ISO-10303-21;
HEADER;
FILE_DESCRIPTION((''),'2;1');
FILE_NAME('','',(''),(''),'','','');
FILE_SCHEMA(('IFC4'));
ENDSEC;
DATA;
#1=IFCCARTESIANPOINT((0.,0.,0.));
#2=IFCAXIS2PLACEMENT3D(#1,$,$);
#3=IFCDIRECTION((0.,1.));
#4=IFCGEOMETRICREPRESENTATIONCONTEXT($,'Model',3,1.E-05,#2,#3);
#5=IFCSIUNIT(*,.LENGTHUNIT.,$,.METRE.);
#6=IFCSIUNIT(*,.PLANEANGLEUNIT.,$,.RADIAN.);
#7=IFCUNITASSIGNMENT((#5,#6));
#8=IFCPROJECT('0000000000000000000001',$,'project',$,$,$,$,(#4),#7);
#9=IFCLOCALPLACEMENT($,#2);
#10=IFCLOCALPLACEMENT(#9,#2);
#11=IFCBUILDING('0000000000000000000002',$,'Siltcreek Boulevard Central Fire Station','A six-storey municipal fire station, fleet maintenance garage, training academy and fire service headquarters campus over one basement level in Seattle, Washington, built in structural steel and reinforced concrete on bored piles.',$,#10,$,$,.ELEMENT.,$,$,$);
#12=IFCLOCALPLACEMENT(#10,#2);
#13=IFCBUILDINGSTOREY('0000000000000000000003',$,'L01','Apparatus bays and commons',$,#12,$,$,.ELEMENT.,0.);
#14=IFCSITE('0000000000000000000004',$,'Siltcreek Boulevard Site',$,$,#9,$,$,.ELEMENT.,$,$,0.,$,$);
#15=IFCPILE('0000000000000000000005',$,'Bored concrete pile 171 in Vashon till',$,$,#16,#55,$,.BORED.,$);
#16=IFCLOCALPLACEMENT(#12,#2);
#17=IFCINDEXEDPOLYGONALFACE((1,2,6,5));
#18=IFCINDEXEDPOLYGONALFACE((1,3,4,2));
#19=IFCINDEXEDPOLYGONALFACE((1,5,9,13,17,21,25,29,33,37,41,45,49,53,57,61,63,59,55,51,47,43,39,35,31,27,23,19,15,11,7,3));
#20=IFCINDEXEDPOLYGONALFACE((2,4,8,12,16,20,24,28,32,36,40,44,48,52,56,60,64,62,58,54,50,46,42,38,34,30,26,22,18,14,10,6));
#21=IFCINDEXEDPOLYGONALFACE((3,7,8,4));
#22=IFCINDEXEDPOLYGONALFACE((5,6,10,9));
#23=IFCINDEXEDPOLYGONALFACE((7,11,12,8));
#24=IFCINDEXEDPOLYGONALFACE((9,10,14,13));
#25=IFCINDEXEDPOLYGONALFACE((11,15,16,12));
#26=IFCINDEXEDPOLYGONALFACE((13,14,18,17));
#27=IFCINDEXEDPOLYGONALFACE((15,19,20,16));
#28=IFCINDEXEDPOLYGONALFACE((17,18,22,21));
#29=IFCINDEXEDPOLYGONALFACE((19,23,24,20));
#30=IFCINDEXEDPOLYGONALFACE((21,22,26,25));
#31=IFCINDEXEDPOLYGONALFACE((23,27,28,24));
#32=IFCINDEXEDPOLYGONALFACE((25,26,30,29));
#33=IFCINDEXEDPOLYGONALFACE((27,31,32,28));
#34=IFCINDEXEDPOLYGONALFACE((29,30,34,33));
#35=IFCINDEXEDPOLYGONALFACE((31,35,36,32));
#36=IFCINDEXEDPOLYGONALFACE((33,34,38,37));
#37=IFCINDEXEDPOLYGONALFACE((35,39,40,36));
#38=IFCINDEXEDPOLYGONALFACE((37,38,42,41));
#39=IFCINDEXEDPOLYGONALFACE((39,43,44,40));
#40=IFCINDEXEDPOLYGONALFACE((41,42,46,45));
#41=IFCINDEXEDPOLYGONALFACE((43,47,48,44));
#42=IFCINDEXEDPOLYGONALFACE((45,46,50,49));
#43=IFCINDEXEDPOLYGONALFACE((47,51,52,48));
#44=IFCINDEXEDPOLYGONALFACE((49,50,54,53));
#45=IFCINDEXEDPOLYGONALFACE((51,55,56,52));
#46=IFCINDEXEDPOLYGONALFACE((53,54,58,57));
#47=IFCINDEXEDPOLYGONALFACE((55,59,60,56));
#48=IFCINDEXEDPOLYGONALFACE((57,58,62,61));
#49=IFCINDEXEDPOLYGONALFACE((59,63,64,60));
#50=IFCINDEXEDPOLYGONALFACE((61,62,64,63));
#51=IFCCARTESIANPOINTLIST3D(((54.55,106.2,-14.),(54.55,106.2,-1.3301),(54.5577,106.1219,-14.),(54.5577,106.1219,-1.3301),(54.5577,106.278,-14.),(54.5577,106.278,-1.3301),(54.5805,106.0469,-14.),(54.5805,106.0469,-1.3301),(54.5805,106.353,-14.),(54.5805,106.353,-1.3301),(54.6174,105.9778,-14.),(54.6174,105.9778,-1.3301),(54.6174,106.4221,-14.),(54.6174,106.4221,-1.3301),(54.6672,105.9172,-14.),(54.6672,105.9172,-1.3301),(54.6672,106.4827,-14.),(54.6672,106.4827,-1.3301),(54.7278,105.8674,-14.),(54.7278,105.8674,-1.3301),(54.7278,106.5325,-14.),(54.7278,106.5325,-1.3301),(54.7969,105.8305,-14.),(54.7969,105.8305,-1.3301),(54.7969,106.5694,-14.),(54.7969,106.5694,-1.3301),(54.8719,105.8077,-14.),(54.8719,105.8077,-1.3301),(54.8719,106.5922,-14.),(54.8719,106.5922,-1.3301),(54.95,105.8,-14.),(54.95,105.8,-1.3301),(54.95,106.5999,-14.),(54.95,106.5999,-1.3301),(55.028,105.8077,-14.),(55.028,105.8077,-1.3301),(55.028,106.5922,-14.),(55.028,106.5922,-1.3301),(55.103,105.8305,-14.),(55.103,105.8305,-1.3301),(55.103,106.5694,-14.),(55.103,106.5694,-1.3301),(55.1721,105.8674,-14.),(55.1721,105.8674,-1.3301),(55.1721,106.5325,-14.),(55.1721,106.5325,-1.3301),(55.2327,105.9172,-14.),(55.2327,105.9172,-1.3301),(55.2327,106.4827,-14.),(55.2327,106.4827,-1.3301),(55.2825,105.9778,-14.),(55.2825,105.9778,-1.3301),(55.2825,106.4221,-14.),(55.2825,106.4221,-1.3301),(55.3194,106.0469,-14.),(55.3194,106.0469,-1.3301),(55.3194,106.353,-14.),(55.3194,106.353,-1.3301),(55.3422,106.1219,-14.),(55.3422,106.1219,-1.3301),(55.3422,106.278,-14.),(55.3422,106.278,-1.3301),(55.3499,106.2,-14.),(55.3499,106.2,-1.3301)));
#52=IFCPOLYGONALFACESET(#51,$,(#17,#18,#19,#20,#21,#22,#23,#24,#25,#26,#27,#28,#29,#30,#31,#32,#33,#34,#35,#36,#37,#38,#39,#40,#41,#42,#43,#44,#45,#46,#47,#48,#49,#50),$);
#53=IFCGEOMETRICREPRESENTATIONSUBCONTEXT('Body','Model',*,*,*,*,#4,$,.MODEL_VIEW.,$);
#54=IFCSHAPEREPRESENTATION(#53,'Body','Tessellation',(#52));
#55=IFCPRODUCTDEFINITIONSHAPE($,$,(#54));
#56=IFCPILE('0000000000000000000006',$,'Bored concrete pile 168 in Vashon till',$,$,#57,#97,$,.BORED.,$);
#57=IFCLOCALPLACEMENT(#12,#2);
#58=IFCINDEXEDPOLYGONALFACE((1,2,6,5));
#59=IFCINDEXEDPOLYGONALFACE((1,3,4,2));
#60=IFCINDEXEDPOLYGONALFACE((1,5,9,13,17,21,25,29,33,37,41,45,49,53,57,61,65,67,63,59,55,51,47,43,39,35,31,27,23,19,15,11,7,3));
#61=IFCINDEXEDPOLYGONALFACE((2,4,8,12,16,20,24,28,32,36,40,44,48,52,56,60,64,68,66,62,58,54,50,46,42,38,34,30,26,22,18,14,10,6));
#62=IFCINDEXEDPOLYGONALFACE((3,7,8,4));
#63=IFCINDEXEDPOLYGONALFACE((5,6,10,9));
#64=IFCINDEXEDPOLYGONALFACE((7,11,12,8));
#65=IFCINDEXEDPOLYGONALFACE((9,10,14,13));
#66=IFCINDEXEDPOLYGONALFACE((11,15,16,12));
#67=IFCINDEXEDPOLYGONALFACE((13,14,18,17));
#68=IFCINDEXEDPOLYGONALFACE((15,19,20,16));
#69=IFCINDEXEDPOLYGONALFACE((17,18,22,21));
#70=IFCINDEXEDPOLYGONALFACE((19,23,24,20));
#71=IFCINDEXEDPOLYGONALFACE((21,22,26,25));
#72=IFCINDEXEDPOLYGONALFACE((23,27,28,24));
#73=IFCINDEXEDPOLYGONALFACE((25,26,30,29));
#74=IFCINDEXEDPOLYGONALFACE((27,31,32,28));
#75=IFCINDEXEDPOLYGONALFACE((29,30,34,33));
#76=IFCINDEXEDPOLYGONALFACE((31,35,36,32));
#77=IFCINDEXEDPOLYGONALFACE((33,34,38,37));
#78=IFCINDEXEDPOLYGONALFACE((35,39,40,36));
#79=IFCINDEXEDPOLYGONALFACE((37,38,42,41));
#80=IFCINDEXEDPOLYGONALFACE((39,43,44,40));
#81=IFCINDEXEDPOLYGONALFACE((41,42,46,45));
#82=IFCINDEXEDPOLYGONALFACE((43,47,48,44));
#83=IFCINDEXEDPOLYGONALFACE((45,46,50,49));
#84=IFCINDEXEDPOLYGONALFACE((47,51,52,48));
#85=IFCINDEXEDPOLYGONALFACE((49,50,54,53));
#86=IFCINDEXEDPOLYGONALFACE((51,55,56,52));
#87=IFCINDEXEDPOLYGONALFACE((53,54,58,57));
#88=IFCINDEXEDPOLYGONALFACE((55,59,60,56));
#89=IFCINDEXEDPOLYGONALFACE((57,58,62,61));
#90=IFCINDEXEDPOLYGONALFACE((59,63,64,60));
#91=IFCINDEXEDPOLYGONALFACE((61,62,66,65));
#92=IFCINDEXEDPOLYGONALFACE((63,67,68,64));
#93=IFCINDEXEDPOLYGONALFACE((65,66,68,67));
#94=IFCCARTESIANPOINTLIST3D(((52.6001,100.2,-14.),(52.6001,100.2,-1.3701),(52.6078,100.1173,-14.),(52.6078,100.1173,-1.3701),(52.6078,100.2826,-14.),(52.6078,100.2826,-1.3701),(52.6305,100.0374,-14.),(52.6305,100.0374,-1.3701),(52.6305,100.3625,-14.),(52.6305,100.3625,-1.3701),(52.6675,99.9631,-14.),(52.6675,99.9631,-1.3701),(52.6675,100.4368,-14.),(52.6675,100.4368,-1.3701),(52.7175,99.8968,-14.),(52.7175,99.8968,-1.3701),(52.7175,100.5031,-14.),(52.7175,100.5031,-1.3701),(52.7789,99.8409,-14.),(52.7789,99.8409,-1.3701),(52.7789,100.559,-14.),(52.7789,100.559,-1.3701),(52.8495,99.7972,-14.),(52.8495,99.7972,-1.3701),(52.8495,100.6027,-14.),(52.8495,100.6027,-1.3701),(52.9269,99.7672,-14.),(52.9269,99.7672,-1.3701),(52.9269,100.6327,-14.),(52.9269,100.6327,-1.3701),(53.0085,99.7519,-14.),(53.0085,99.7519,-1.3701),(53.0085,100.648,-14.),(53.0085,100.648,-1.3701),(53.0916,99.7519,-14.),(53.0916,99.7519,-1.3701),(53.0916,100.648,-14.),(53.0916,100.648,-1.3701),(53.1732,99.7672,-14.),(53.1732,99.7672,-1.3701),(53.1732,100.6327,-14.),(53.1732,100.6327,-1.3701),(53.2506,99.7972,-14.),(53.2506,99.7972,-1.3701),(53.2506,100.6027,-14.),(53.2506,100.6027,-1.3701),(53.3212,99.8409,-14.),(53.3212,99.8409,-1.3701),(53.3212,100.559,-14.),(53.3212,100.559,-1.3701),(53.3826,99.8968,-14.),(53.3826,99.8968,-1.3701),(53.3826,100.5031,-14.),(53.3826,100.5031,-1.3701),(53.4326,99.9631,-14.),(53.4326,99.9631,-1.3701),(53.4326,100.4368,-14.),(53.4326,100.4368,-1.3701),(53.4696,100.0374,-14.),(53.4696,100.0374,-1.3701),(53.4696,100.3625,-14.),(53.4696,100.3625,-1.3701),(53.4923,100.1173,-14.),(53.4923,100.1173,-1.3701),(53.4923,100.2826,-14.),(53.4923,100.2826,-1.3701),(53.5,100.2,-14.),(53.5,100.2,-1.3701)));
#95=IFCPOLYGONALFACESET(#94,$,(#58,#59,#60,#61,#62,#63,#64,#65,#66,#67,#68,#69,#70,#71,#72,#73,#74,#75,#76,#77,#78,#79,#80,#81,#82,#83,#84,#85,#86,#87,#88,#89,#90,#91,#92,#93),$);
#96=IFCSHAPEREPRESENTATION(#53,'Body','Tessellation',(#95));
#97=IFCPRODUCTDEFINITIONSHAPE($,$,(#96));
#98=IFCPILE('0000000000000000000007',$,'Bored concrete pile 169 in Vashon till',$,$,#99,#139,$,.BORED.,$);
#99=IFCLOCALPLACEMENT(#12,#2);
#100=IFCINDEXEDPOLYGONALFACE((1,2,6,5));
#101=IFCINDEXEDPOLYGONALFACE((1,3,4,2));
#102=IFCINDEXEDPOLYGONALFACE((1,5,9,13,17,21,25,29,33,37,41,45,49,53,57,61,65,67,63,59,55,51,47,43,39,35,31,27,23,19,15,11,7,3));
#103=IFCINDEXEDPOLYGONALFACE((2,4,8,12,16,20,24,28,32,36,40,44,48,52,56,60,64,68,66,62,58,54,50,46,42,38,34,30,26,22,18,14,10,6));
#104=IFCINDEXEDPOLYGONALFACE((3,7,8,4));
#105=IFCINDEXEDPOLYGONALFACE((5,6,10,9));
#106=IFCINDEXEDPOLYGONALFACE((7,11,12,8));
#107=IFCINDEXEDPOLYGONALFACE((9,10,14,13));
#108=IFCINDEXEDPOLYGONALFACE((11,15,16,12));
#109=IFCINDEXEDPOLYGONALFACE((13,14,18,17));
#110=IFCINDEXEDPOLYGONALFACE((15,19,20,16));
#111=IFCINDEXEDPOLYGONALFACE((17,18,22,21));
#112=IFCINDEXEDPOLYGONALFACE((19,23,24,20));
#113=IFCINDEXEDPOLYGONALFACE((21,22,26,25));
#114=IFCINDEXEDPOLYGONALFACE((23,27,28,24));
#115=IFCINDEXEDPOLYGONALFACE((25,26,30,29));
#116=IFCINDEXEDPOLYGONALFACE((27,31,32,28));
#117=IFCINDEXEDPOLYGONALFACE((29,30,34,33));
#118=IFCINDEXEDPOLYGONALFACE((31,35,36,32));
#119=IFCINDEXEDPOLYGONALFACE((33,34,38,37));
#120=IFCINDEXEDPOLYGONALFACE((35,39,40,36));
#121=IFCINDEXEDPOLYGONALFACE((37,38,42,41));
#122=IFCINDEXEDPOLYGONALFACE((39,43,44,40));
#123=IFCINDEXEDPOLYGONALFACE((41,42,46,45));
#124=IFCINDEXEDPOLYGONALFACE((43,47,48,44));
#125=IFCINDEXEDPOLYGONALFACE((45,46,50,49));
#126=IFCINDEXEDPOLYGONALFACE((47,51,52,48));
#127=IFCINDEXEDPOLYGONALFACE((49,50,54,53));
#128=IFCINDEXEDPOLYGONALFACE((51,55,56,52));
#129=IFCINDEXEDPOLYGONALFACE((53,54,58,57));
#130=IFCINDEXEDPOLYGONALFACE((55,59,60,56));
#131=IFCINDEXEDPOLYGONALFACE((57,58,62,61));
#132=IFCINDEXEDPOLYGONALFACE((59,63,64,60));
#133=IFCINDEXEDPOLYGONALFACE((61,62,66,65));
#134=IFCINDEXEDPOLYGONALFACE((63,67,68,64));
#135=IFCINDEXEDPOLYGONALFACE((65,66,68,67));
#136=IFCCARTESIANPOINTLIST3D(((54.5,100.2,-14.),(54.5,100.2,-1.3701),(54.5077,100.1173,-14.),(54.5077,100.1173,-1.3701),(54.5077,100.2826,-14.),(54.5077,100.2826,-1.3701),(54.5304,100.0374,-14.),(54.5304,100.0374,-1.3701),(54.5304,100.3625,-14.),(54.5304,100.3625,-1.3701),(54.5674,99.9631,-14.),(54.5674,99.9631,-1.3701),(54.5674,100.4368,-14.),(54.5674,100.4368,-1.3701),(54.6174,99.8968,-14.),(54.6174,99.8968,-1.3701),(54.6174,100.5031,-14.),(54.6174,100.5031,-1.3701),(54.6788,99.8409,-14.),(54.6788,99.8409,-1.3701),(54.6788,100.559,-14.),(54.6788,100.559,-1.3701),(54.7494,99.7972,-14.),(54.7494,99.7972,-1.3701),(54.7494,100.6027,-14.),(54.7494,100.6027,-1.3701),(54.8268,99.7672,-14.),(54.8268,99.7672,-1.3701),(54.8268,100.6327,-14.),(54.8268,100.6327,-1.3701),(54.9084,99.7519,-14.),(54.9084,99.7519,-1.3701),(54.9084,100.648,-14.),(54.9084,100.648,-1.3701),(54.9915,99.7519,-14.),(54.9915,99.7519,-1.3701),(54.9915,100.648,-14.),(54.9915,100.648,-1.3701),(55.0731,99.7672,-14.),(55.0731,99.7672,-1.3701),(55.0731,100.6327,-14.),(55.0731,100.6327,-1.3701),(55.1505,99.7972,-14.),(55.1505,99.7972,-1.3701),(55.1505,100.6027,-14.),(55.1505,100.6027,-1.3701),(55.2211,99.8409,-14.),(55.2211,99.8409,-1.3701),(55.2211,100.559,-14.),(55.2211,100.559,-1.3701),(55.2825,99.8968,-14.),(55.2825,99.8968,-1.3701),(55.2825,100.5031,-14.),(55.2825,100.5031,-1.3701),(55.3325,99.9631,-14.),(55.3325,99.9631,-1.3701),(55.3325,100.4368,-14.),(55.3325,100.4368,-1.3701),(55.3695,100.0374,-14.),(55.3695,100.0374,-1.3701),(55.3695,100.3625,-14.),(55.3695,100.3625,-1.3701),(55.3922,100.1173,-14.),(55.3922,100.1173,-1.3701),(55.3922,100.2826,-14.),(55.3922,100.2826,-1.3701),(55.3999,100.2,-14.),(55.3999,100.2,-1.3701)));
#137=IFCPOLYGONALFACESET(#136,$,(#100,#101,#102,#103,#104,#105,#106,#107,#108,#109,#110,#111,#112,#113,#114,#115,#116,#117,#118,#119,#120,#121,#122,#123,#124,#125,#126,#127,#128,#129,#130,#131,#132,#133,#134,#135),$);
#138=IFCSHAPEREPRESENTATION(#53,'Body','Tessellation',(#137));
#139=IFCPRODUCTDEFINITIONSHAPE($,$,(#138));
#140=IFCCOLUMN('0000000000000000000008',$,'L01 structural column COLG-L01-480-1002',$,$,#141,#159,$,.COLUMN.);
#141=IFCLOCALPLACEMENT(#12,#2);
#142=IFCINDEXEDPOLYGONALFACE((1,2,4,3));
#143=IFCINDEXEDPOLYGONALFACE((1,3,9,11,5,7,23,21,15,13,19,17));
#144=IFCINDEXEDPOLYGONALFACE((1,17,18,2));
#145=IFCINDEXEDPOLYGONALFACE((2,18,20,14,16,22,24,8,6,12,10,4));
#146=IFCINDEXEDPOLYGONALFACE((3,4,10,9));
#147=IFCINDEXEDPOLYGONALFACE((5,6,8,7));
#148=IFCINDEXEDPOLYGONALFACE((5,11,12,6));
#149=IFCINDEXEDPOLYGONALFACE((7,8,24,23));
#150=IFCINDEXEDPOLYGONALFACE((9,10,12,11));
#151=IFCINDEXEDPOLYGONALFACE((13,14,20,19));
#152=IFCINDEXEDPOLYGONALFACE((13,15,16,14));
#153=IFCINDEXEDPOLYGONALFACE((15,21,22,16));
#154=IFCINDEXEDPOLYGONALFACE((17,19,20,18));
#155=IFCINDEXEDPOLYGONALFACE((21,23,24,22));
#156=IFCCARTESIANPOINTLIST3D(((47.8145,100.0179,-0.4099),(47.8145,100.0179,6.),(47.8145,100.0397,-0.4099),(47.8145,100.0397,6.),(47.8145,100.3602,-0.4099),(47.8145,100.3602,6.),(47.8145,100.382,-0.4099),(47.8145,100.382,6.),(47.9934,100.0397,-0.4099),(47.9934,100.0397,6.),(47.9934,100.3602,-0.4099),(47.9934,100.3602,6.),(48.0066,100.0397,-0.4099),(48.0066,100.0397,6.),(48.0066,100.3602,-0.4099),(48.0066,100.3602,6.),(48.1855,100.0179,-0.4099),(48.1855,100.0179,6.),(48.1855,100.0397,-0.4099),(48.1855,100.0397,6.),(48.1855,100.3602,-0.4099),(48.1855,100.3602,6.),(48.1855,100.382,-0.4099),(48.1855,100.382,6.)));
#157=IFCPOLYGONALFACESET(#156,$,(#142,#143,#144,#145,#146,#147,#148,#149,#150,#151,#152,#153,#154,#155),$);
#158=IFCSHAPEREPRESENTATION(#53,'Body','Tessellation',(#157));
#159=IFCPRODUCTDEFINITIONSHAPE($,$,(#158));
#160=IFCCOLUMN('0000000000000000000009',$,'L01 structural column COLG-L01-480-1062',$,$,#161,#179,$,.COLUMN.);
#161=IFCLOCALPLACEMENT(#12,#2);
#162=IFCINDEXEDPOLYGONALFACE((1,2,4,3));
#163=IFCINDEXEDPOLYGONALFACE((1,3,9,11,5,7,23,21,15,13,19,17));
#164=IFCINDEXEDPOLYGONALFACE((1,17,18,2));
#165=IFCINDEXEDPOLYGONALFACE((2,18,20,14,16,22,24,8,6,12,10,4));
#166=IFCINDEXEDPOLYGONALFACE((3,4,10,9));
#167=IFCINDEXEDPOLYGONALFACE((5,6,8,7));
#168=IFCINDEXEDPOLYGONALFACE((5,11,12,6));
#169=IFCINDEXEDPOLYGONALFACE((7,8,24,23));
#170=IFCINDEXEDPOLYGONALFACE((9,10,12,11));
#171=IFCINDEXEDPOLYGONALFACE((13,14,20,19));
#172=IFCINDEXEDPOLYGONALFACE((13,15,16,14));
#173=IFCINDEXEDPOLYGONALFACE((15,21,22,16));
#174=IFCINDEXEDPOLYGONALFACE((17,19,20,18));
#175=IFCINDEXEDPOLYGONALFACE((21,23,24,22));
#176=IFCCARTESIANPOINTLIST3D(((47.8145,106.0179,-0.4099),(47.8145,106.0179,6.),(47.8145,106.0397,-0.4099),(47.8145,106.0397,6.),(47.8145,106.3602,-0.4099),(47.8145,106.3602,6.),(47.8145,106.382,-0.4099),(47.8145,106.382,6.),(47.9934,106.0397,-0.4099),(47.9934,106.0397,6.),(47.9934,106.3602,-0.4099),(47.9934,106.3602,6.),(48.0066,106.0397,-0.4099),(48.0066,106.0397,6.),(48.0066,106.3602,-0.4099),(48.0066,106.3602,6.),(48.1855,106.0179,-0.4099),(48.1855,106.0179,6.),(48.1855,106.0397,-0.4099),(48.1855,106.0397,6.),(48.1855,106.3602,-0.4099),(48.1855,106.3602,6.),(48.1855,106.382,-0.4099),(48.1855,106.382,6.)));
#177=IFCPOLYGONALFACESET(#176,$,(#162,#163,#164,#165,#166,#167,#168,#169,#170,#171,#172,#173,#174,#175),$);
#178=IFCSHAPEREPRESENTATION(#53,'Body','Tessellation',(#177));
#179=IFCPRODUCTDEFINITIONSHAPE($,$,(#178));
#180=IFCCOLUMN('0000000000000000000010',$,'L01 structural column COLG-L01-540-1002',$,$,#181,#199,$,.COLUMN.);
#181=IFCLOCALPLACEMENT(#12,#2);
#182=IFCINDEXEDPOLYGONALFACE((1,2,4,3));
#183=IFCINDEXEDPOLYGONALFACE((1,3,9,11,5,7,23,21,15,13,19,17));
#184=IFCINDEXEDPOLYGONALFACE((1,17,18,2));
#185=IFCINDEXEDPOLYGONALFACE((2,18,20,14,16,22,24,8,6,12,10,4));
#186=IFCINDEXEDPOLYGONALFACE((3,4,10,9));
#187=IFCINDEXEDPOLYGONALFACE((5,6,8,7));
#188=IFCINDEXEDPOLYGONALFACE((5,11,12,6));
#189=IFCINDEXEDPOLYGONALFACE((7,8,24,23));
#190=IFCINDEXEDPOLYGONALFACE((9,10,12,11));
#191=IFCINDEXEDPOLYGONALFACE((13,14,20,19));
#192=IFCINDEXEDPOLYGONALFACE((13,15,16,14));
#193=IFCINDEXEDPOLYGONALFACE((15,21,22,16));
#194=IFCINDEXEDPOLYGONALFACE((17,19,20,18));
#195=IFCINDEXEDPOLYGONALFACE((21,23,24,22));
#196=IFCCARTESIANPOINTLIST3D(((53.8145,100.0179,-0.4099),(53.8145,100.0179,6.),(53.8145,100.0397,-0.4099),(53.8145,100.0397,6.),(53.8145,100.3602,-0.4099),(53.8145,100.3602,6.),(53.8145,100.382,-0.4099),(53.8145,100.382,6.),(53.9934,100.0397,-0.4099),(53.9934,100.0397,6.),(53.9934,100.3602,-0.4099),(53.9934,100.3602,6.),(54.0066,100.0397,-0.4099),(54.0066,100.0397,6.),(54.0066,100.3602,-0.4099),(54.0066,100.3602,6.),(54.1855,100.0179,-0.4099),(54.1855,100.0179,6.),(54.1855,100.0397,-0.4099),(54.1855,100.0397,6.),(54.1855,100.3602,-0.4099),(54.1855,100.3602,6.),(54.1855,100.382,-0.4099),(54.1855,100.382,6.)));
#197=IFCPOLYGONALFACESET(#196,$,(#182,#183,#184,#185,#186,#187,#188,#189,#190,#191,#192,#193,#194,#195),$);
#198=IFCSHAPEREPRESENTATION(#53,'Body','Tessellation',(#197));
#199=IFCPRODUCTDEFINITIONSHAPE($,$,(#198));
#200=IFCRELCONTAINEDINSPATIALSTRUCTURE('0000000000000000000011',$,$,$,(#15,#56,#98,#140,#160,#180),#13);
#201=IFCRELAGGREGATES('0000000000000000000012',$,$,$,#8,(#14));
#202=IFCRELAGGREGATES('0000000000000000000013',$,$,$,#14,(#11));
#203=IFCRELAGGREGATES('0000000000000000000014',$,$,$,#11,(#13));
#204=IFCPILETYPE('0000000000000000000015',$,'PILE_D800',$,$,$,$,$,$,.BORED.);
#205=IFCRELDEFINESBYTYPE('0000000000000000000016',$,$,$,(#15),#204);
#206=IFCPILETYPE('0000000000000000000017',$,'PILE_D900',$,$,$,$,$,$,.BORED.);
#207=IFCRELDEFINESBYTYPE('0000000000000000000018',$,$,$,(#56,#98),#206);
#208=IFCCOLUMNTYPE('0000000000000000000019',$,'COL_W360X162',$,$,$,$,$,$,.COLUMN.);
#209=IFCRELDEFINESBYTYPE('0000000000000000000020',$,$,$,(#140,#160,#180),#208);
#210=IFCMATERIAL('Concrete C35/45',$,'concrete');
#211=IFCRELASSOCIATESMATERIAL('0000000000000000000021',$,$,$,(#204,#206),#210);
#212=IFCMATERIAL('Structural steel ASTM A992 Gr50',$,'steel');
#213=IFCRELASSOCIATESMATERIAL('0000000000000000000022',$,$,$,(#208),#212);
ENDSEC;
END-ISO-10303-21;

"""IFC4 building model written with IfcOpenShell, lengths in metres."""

from ifc_helpers import new_model, si_unit, direction, frame, origin, origin_2d, place, context, subcontext, project, spatial, circle, i_section, extrude, material, material_profile, profile_set, type_object, element, save


model = new_model("IFC4")

# Units and contexts
model_context = context("Model", 3, precision=1e-05, world=origin(), true_north=direction((0.0, 1.0)))
body_context = subcontext(model_context, "Body", "Model", "MODEL_VIEW")
ifc_project = project(units=[si_unit("LENGTHUNIT", "METRE"), si_unit("PLANEANGLEUNIT", "RADIAN")], contexts=[model_context])

# Site, building, storey
site_placement = place(None, origin())
site = spatial("IfcSite", under=ifc_project, at=site_placement, Name="Siltcreek Boulevard Site", CompositionType="ELEMENT", RefElevation=0.0)
building_placement = place(site_placement, origin())
building = spatial("IfcBuilding", under=site, at=building_placement, Name="Siltcreek Boulevard Central Fire Station", Description="A six-storey municipal fire station, fleet maintenance garage, training academy and fire service headquarters campus over one basement level in Seattle, Washington, built in structural steel and reinforced concrete on bored piles.", CompositionType="ELEMENT")
storey_placement = place(building_placement, origin())
storey = spatial("IfcBuildingStorey", under=building, at=storey_placement, Name="L01", Description="Apparatus bays and commons", CompositionType="ELEMENT", Elevation=0.0)

# Shared definitions
ifc_material_1 = material(Name="Concrete C35/45", Category="concrete")

# Piles
ifc_material_profile_1 = material_profile(ifc_material_1, circle(Radius=0.3999, at=origin_2d()), Name="SHAFT800")
ifc_profile_set_1 = profile_set([ifc_material_profile_1], Name="Concrete C35/45")
pile_type_1 = type_object("IfcPileType", Name="PILE_D800", PredefinedType="BORED", material=ifc_profile_set_1)
for number, where, z_axis, x_axis, name in (
    (1, (54.95, 106.2, -1.3301), (0.0, 0.0, -1.0), (1.0, 0.0, 0.0), "Bored concrete pile 171 in Vashon till"),
):
    element("IfcPile", number, at=place(storey_placement, frame(where, z_axis=z_axis, x_axis=x_axis)), inside=storey, type_object=pile_type_1, Name=name, PredefinedType="BORED", context=body_context, shape_type="SweptSolid", body=[
        extrude(circle(Radius=0.3999, at=origin_2d()), origin(), (0.0, 0.0, 1.0), 12.6699),
    ])
ifc_material_profile_2 = material_profile(ifc_material_1, circle(Radius=0.45, at=origin_2d()), Name="SHAFT900")
ifc_profile_set_2 = profile_set([ifc_material_profile_2], Name="Concrete C35/45")
pile_type_2 = type_object("IfcPileType", Name="PILE_D900", PredefinedType="BORED", material=ifc_profile_set_2)
for number, where, z_axis, x_axis, name in (
    (2, (53.05, 100.2, -1.3701), (0.0, 0.0, -1.0), (1.0, 0.0, 0.0), "Bored concrete pile 168 in Vashon till"),
    (3, (54.95, 100.2, -1.3701), (0.0, 0.0, -1.0), (1.0, 0.0, 0.0), "Bored concrete pile 169 in Vashon till"),
):
    element("IfcPile", number, at=place(storey_placement, frame(where, z_axis=z_axis, x_axis=x_axis)), inside=storey, type_object=pile_type_2, Name=name, PredefinedType="BORED", context=body_context, shape_type="SweptSolid", body=[
        extrude(circle(Radius=0.45, at=origin_2d()), origin(), (0.0, 0.0, 1.0), 12.6299),
    ])

# Columns
ifc_material_2 = material(Name="Structural steel ASTM A992 Gr50", Category="steel")
ifc_material_profile_3 = material_profile(ifc_material_2, i_section(OverallWidth=0.3711, OverallDepth=0.364, WebThickness=0.0132, FlangeThickness=0.0217, at=origin_2d()), Name="W360X162")
ifc_profile_set_3 = profile_set([ifc_material_profile_3], Name="Structural steel ASTM A992 Gr50")
column_type = type_object("IfcColumnType", Name="COL_W360X162", PredefinedType="COLUMN", material=ifc_profile_set_3)
for number, where, z_axis, x_axis, name in (
    (4, (48.0, 100.2, -0.4099), (0.0, 0.0, 1.0), (1.0, 0.0, 0.0), "L01 structural column COLG-L01-480-1002"),
    (5, (48.0, 106.2, -0.4099), (0.0, 0.0, 1.0), (1.0, 0.0, 0.0), "L01 structural column COLG-L01-480-1062"),
    (6, (54.0, 100.2, -0.4099), (0.0, 0.0, 1.0), (1.0, 0.0, 0.0), "L01 structural column COLG-L01-540-1002"),
):
    element("IfcColumn", number, at=place(storey_placement, frame(where, z_axis=z_axis, x_axis=x_axis)), inside=storey, type_object=column_type, Name=name, PredefinedType="COLUMN", context=body_context, shape_type="SweptSolid", body=[
        extrude(i_section(OverallWidth=0.3711, OverallDepth=0.364, WebThickness=0.0132, FlangeThickness=0.0217, at=origin_2d()), origin(), (0.0, 0.0, 1.0), 6.4099),
    ])

save(model, "model.ifc")
